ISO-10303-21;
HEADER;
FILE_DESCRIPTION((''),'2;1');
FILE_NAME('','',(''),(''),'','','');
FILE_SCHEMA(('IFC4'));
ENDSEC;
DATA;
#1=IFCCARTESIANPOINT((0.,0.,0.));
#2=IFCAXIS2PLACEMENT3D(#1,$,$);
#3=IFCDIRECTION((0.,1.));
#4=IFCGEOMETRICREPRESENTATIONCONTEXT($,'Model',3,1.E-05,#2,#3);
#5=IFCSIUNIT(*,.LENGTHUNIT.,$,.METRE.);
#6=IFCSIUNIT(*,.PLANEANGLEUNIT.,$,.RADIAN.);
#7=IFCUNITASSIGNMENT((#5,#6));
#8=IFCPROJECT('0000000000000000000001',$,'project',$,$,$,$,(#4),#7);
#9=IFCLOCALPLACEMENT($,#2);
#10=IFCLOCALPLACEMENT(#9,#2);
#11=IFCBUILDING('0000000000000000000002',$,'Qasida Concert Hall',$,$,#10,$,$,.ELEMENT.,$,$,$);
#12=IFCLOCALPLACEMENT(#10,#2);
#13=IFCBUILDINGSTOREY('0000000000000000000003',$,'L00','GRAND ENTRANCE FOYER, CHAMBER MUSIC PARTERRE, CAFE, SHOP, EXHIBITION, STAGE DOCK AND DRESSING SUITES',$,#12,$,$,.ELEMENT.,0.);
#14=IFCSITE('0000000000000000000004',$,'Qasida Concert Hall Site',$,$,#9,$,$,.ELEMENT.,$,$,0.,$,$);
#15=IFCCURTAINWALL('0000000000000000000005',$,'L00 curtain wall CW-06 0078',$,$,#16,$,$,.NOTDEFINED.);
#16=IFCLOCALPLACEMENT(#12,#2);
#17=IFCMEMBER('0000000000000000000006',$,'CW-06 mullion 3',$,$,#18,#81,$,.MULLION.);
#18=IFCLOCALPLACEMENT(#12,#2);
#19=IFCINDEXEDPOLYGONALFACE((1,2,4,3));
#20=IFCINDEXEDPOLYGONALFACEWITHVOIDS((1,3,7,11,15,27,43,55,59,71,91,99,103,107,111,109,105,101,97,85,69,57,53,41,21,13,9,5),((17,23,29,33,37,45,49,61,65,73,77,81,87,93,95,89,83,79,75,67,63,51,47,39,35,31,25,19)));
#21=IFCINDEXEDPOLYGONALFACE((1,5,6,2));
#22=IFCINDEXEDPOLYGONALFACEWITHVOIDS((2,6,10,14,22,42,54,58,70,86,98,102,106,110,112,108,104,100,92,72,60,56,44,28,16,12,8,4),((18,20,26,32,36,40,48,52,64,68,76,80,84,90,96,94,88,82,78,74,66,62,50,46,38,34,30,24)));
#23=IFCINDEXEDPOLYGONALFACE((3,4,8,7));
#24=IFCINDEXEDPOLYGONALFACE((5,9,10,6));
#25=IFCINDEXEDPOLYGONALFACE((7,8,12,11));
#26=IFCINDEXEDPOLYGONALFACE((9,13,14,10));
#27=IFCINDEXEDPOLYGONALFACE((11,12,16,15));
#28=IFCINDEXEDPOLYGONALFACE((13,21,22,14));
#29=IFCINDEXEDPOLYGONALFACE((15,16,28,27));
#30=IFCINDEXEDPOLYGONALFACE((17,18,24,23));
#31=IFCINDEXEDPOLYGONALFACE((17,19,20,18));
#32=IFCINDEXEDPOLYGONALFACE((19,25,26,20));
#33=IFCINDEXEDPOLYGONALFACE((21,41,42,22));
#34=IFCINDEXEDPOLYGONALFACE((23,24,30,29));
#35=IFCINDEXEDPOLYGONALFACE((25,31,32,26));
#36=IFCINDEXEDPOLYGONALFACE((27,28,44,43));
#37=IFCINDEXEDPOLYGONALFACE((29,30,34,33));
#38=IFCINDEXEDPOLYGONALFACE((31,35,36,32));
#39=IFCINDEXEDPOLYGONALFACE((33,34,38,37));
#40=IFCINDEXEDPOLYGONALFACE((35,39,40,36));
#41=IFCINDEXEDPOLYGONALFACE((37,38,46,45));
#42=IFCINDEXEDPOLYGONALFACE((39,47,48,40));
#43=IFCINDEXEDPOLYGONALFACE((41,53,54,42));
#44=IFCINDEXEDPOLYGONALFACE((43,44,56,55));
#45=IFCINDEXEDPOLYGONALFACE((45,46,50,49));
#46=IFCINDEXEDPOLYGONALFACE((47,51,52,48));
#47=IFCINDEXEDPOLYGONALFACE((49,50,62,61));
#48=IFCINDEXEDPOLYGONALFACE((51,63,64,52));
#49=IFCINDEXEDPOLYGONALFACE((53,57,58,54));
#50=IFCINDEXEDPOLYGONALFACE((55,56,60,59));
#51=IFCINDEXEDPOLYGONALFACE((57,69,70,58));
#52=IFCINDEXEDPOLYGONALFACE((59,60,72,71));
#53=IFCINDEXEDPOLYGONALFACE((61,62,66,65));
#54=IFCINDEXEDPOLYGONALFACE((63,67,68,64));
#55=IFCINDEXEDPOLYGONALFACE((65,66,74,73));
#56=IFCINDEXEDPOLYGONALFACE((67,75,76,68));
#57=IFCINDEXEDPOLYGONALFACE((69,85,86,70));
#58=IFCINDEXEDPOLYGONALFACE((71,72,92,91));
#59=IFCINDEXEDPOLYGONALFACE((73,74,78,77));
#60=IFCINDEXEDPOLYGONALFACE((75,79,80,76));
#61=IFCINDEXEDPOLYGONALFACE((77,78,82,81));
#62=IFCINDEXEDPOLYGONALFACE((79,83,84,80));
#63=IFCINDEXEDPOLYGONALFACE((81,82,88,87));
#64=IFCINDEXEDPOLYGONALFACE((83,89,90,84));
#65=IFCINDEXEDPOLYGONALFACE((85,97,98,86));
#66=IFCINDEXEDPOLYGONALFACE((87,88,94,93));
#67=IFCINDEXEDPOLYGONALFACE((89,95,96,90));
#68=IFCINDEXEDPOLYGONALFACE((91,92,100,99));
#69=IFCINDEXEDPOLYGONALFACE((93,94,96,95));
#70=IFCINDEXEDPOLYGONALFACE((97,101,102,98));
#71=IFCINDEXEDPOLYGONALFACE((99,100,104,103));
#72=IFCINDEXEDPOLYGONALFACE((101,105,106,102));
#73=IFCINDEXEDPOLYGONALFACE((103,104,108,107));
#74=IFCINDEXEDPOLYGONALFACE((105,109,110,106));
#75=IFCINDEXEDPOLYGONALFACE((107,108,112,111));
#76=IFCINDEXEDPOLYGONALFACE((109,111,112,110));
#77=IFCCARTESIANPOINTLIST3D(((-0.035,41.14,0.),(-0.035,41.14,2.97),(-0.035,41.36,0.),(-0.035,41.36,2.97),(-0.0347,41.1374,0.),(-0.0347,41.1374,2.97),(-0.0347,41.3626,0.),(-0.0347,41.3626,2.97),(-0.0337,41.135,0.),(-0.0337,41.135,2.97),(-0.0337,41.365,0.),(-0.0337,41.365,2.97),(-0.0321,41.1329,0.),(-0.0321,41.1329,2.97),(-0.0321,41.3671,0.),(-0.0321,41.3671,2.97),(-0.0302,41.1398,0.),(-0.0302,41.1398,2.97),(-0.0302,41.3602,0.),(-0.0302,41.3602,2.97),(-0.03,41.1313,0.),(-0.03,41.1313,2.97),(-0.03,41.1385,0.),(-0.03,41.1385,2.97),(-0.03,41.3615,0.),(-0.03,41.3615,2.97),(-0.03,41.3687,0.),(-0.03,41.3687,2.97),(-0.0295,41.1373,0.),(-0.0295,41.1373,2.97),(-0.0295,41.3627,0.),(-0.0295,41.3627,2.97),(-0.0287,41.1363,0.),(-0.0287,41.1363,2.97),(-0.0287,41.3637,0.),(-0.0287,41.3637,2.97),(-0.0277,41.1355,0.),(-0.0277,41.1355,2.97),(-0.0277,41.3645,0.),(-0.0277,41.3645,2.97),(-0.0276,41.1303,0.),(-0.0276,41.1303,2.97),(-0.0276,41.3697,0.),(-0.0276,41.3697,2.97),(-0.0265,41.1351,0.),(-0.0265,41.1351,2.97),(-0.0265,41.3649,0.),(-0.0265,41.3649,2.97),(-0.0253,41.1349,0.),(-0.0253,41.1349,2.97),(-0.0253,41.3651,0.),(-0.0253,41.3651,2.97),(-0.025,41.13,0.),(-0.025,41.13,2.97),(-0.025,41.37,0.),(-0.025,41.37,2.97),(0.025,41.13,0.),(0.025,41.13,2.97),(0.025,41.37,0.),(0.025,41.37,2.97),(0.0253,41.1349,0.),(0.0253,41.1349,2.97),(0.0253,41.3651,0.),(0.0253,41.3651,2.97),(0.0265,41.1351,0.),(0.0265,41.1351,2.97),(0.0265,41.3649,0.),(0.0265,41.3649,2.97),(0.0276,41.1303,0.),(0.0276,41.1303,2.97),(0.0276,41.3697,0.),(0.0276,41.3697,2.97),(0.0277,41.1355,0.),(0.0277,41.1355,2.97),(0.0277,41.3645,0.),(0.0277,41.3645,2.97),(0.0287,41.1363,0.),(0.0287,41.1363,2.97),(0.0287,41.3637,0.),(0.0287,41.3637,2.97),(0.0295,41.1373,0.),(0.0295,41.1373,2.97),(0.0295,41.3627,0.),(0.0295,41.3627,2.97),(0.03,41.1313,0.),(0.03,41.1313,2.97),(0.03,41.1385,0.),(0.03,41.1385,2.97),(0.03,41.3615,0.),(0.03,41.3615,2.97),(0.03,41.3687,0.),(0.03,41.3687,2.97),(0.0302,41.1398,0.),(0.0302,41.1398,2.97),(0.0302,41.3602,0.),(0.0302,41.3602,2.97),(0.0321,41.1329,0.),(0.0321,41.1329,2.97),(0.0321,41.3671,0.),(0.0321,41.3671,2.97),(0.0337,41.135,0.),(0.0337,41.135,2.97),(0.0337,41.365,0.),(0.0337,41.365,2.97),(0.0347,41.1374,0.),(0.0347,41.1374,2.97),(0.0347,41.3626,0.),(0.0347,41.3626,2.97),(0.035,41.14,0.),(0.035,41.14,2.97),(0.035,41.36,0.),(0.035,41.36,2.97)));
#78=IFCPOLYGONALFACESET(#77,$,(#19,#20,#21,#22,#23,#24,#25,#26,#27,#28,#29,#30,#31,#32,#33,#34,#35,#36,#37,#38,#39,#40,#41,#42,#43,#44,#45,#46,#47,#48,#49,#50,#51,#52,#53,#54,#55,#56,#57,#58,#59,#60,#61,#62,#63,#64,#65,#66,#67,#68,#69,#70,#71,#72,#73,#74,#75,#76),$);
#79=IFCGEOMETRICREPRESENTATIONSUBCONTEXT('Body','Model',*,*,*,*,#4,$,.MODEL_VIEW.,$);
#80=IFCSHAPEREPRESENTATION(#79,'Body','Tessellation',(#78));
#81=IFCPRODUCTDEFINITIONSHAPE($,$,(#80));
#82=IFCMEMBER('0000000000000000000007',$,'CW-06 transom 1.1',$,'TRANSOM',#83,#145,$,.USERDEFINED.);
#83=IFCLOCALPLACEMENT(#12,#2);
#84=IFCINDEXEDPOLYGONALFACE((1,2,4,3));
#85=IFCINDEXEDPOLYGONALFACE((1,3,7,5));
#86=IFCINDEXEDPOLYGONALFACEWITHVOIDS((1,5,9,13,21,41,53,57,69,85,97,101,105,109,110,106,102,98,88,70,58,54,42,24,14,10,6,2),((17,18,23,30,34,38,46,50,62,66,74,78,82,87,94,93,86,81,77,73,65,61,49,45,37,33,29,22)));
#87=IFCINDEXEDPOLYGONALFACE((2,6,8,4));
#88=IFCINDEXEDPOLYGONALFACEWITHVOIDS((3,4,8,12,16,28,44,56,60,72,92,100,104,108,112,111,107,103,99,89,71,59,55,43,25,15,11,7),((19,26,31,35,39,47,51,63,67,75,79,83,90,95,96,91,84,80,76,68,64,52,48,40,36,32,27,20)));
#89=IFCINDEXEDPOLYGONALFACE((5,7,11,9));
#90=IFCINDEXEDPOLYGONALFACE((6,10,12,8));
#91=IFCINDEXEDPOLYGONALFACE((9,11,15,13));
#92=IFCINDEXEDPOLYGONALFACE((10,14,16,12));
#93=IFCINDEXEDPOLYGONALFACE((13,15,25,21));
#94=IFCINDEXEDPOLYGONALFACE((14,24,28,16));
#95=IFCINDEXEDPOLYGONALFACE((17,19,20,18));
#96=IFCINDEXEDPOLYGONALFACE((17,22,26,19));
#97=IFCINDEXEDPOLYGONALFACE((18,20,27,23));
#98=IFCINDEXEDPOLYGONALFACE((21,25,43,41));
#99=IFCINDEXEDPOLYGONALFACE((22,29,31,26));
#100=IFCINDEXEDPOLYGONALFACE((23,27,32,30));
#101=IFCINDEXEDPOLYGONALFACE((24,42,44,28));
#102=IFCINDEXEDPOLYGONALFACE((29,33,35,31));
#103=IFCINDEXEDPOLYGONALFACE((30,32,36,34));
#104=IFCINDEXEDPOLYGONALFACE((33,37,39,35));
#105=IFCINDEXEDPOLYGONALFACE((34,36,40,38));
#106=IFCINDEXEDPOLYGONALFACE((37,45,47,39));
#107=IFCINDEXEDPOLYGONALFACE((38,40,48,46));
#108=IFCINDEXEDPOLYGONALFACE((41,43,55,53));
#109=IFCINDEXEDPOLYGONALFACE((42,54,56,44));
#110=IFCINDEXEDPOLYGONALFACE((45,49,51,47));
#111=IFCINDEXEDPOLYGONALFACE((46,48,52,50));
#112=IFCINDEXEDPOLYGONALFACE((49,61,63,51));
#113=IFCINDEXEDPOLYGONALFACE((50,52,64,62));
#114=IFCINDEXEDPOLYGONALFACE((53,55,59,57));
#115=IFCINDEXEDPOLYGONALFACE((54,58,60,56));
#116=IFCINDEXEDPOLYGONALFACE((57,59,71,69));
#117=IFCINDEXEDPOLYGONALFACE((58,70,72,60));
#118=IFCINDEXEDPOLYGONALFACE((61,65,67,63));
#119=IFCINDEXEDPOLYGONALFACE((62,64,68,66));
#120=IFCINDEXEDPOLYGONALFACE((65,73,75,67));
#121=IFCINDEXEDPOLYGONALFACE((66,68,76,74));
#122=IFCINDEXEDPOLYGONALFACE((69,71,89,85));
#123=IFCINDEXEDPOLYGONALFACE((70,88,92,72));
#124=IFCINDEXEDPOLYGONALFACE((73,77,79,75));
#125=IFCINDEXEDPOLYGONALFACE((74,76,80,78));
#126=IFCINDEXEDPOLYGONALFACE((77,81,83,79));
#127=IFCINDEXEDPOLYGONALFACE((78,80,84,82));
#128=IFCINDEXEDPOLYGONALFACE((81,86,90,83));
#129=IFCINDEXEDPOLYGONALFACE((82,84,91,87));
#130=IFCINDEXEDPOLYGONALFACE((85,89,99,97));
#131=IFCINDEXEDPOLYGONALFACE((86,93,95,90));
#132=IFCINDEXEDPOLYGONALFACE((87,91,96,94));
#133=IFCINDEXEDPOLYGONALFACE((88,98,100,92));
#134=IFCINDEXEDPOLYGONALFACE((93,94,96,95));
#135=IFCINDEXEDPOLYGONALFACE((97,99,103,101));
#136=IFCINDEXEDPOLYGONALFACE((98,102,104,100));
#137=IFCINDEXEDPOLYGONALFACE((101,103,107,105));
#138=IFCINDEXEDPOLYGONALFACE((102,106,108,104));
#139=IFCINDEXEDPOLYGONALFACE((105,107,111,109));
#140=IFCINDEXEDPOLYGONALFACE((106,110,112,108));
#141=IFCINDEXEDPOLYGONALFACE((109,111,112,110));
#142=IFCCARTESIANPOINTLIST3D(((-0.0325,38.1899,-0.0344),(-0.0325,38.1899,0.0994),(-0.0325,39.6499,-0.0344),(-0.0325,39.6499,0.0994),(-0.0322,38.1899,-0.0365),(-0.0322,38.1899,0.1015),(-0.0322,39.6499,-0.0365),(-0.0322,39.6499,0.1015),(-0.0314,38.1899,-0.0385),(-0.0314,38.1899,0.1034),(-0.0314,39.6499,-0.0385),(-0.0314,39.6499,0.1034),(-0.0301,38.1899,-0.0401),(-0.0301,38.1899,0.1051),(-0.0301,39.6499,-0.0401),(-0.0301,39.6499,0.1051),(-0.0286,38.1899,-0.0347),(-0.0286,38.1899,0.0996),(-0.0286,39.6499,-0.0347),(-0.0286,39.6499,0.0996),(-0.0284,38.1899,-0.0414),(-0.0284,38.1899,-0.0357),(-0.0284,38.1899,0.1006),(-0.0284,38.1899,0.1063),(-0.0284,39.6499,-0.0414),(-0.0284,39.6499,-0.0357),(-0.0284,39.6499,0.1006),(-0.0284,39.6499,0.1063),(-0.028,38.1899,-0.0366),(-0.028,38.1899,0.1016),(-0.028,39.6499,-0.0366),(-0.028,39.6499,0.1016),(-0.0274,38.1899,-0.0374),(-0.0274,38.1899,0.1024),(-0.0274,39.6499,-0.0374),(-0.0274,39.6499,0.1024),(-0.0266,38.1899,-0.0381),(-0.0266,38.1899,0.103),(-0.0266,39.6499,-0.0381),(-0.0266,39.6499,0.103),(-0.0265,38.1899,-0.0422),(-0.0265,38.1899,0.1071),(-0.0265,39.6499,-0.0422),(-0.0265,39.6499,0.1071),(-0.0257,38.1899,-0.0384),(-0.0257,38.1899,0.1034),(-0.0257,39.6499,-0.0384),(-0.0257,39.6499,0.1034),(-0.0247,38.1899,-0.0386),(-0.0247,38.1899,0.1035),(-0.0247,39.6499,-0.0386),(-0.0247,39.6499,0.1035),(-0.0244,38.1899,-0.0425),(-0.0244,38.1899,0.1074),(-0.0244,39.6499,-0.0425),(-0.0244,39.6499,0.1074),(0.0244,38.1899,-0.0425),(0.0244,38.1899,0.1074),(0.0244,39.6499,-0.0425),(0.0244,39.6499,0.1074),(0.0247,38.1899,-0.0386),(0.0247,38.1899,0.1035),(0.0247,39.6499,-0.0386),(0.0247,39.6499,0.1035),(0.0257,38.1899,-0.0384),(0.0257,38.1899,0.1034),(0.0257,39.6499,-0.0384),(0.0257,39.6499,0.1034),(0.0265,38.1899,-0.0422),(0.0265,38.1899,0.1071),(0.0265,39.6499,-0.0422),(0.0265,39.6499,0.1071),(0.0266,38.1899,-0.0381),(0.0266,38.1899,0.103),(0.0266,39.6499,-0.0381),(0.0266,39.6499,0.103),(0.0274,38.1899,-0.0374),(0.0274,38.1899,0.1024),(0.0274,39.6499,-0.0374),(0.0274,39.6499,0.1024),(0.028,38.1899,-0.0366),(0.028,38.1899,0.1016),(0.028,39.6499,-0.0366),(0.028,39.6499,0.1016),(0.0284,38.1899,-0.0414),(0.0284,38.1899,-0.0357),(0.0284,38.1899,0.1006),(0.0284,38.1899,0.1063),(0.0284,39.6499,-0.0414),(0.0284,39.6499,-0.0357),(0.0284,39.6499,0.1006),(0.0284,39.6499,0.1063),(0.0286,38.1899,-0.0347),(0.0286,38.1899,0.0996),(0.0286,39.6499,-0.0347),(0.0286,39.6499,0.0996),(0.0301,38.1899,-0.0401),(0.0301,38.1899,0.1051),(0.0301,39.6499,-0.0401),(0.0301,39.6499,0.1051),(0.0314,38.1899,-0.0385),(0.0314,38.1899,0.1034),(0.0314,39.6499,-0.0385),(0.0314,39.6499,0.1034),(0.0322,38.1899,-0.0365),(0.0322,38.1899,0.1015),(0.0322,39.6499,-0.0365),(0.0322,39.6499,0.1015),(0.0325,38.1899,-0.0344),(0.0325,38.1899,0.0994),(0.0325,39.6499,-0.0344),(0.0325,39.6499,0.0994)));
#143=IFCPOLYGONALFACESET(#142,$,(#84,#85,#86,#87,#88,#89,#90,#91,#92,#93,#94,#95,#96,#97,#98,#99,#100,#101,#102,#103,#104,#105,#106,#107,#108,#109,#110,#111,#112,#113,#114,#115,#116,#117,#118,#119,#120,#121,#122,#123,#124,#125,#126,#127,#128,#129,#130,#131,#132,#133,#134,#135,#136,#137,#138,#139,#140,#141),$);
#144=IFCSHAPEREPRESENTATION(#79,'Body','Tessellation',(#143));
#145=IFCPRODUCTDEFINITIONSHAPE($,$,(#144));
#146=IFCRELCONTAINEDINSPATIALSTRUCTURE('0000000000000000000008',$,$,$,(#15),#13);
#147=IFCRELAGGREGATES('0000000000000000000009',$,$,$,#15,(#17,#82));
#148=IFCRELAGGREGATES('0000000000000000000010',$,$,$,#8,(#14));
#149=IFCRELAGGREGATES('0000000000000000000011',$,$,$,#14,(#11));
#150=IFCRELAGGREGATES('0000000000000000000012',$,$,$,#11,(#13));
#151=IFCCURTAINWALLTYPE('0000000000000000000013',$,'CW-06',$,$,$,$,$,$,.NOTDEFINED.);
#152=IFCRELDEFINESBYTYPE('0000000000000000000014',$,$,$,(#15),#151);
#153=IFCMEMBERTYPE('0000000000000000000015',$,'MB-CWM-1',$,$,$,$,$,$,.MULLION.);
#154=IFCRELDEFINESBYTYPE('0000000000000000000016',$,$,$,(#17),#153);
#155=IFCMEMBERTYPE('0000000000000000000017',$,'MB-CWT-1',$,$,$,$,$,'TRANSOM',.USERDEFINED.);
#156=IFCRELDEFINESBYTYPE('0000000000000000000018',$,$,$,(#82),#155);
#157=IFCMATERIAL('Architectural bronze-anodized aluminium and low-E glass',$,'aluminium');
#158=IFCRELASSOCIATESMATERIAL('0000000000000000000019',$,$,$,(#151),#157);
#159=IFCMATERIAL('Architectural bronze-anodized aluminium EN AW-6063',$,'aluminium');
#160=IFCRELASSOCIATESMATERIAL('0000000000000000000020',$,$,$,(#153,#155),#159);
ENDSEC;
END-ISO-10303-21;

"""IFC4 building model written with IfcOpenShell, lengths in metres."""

from ifc_helpers import new_model, si_unit, direction, frame, origin, origin_2d, place, context, subcontext, project, spatial, hollow_rectangle, extrude, material, material_profile, profile_set, type_object, element, aggregate, save


model = new_model("IFC4")

# Units and contexts
model_context = context("Model", 3, precision=1e-05, world=origin(), true_north=direction((0.0, 1.0)))
body_context = subcontext(model_context, "Body", "Model", "MODEL_VIEW")
ifc_project = project(units=[si_unit("LENGTHUNIT", "METRE"), si_unit("PLANEANGLEUNIT", "RADIAN")], contexts=[model_context])

# Site, building, storey
site_placement = place(None, origin())
site = spatial("IfcSite", under=ifc_project, at=site_placement, Name="Qasida Concert Hall Site", CompositionType="ELEMENT", RefElevation=0.0)
building_placement = place(site_placement, origin())
building = spatial("IfcBuilding", under=site, at=building_placement, Name="Qasida Concert Hall", CompositionType="ELEMENT")
storey_placement = place(building_placement, origin())
storey = spatial("IfcBuildingStorey", under=building, at=storey_placement, Name="L00", Description="GRAND ENTRANCE FOYER, CHAMBER MUSIC PARTERRE, CAFE, SHOP, EXHIBITION, STAGE DOCK AND DRESSING SUITES", CompositionType="ELEMENT", Elevation=0.0)

# Curtain wall, members
ifc_material_1 = material(Name="Architectural bronze-anodized aluminium and low-E glass", Category="aluminium")
curtain_wall_type = type_object("IfcCurtainWallType", Name="CW-06", PredefinedType="NOTDEFINED", material=ifc_material_1)
curtain_wall_placement = place(storey_placement, origin())
curtain_wall = element("IfcCurtainWall", 1, at=curtain_wall_placement, inside=storey, type_object=curtain_wall_type, Name="L00 curtain wall CW-06 0078", PredefinedType="NOTDEFINED")
ifc_material_2 = material(Name="Architectural bronze-anodized aluminium EN AW-6063", Category="aluminium")
ifc_material_profile_1 = material_profile(ifc_material_2, hollow_rectangle(XDim=0.0701, YDim=0.24, WallThickness=0.0049, InnerFilletRadius=0.0049, OuterFilletRadius=0.01, at=origin_2d()), Name="CWM 240x70x5")
ifc_profile_set_1 = profile_set([ifc_material_profile_1], Name="Architectural bronze-anodized aluminium EN AW-6063")
member_type_1 = type_object("IfcMemberType", Name="MB-CWM-1", PredefinedType="MULLION", material=ifc_profile_set_1)
member_1_placement = place(storey_placement, frame((0.0, 41.25, 0.0), z_axis=(0.0, 0.0, 1.0), x_axis=(-1.0, 0.0, 0.0)))
member_1 = element("IfcMember", 2, at=member_1_placement, type_object=member_type_1, Name="CW-06 mullion 3", PredefinedType="MULLION", context=body_context, shape_type="SweptSolid", body=[
    extrude(hollow_rectangle(XDim=0.0701, YDim=0.24, WallThickness=0.0049, InnerFilletRadius=0.0049, OuterFilletRadius=0.01, at=origin_2d()), origin(), (0.0, 0.0, 1.0), 2.97),
])
ifc_material_profile_2 = material_profile(ifc_material_2, hollow_rectangle(XDim=0.0649, YDim=0.1499, WallThickness=0.0039, InnerFilletRadius=0.0039, OuterFilletRadius=0.0081, at=origin_2d()), Name="CWT 150x65x4")
ifc_profile_set_2 = profile_set([ifc_material_profile_2], Name="Architectural bronze-anodized aluminium EN AW-6063")
member_type_2 = type_object("IfcMemberType", Name="MB-CWT-1", ElementType="TRANSOM", PredefinedType="USERDEFINED", material=ifc_profile_set_2)
member_2_placement = place(storey_placement, frame((0.0, 38.1899, 0.0325), z_axis=(0.0, 1.0, 0.0), x_axis=(-1.0, 0.0, 0.0)))
member_2 = element("IfcMember", 3, at=member_2_placement, type_object=member_type_2, Name="CW-06 transom 1.1", ObjectType="TRANSOM", PredefinedType="USERDEFINED", context=body_context, shape_type="SweptSolid", body=[
    extrude(hollow_rectangle(XDim=0.0649, YDim=0.1499, WallThickness=0.0039, InnerFilletRadius=0.0039, OuterFilletRadius=0.0081, at=origin_2d()), origin(), (0.0, 0.0, 1.0), 1.46),
])
aggregate(curtain_wall, [member_1, member_2])

save(model, "model.ifc")
